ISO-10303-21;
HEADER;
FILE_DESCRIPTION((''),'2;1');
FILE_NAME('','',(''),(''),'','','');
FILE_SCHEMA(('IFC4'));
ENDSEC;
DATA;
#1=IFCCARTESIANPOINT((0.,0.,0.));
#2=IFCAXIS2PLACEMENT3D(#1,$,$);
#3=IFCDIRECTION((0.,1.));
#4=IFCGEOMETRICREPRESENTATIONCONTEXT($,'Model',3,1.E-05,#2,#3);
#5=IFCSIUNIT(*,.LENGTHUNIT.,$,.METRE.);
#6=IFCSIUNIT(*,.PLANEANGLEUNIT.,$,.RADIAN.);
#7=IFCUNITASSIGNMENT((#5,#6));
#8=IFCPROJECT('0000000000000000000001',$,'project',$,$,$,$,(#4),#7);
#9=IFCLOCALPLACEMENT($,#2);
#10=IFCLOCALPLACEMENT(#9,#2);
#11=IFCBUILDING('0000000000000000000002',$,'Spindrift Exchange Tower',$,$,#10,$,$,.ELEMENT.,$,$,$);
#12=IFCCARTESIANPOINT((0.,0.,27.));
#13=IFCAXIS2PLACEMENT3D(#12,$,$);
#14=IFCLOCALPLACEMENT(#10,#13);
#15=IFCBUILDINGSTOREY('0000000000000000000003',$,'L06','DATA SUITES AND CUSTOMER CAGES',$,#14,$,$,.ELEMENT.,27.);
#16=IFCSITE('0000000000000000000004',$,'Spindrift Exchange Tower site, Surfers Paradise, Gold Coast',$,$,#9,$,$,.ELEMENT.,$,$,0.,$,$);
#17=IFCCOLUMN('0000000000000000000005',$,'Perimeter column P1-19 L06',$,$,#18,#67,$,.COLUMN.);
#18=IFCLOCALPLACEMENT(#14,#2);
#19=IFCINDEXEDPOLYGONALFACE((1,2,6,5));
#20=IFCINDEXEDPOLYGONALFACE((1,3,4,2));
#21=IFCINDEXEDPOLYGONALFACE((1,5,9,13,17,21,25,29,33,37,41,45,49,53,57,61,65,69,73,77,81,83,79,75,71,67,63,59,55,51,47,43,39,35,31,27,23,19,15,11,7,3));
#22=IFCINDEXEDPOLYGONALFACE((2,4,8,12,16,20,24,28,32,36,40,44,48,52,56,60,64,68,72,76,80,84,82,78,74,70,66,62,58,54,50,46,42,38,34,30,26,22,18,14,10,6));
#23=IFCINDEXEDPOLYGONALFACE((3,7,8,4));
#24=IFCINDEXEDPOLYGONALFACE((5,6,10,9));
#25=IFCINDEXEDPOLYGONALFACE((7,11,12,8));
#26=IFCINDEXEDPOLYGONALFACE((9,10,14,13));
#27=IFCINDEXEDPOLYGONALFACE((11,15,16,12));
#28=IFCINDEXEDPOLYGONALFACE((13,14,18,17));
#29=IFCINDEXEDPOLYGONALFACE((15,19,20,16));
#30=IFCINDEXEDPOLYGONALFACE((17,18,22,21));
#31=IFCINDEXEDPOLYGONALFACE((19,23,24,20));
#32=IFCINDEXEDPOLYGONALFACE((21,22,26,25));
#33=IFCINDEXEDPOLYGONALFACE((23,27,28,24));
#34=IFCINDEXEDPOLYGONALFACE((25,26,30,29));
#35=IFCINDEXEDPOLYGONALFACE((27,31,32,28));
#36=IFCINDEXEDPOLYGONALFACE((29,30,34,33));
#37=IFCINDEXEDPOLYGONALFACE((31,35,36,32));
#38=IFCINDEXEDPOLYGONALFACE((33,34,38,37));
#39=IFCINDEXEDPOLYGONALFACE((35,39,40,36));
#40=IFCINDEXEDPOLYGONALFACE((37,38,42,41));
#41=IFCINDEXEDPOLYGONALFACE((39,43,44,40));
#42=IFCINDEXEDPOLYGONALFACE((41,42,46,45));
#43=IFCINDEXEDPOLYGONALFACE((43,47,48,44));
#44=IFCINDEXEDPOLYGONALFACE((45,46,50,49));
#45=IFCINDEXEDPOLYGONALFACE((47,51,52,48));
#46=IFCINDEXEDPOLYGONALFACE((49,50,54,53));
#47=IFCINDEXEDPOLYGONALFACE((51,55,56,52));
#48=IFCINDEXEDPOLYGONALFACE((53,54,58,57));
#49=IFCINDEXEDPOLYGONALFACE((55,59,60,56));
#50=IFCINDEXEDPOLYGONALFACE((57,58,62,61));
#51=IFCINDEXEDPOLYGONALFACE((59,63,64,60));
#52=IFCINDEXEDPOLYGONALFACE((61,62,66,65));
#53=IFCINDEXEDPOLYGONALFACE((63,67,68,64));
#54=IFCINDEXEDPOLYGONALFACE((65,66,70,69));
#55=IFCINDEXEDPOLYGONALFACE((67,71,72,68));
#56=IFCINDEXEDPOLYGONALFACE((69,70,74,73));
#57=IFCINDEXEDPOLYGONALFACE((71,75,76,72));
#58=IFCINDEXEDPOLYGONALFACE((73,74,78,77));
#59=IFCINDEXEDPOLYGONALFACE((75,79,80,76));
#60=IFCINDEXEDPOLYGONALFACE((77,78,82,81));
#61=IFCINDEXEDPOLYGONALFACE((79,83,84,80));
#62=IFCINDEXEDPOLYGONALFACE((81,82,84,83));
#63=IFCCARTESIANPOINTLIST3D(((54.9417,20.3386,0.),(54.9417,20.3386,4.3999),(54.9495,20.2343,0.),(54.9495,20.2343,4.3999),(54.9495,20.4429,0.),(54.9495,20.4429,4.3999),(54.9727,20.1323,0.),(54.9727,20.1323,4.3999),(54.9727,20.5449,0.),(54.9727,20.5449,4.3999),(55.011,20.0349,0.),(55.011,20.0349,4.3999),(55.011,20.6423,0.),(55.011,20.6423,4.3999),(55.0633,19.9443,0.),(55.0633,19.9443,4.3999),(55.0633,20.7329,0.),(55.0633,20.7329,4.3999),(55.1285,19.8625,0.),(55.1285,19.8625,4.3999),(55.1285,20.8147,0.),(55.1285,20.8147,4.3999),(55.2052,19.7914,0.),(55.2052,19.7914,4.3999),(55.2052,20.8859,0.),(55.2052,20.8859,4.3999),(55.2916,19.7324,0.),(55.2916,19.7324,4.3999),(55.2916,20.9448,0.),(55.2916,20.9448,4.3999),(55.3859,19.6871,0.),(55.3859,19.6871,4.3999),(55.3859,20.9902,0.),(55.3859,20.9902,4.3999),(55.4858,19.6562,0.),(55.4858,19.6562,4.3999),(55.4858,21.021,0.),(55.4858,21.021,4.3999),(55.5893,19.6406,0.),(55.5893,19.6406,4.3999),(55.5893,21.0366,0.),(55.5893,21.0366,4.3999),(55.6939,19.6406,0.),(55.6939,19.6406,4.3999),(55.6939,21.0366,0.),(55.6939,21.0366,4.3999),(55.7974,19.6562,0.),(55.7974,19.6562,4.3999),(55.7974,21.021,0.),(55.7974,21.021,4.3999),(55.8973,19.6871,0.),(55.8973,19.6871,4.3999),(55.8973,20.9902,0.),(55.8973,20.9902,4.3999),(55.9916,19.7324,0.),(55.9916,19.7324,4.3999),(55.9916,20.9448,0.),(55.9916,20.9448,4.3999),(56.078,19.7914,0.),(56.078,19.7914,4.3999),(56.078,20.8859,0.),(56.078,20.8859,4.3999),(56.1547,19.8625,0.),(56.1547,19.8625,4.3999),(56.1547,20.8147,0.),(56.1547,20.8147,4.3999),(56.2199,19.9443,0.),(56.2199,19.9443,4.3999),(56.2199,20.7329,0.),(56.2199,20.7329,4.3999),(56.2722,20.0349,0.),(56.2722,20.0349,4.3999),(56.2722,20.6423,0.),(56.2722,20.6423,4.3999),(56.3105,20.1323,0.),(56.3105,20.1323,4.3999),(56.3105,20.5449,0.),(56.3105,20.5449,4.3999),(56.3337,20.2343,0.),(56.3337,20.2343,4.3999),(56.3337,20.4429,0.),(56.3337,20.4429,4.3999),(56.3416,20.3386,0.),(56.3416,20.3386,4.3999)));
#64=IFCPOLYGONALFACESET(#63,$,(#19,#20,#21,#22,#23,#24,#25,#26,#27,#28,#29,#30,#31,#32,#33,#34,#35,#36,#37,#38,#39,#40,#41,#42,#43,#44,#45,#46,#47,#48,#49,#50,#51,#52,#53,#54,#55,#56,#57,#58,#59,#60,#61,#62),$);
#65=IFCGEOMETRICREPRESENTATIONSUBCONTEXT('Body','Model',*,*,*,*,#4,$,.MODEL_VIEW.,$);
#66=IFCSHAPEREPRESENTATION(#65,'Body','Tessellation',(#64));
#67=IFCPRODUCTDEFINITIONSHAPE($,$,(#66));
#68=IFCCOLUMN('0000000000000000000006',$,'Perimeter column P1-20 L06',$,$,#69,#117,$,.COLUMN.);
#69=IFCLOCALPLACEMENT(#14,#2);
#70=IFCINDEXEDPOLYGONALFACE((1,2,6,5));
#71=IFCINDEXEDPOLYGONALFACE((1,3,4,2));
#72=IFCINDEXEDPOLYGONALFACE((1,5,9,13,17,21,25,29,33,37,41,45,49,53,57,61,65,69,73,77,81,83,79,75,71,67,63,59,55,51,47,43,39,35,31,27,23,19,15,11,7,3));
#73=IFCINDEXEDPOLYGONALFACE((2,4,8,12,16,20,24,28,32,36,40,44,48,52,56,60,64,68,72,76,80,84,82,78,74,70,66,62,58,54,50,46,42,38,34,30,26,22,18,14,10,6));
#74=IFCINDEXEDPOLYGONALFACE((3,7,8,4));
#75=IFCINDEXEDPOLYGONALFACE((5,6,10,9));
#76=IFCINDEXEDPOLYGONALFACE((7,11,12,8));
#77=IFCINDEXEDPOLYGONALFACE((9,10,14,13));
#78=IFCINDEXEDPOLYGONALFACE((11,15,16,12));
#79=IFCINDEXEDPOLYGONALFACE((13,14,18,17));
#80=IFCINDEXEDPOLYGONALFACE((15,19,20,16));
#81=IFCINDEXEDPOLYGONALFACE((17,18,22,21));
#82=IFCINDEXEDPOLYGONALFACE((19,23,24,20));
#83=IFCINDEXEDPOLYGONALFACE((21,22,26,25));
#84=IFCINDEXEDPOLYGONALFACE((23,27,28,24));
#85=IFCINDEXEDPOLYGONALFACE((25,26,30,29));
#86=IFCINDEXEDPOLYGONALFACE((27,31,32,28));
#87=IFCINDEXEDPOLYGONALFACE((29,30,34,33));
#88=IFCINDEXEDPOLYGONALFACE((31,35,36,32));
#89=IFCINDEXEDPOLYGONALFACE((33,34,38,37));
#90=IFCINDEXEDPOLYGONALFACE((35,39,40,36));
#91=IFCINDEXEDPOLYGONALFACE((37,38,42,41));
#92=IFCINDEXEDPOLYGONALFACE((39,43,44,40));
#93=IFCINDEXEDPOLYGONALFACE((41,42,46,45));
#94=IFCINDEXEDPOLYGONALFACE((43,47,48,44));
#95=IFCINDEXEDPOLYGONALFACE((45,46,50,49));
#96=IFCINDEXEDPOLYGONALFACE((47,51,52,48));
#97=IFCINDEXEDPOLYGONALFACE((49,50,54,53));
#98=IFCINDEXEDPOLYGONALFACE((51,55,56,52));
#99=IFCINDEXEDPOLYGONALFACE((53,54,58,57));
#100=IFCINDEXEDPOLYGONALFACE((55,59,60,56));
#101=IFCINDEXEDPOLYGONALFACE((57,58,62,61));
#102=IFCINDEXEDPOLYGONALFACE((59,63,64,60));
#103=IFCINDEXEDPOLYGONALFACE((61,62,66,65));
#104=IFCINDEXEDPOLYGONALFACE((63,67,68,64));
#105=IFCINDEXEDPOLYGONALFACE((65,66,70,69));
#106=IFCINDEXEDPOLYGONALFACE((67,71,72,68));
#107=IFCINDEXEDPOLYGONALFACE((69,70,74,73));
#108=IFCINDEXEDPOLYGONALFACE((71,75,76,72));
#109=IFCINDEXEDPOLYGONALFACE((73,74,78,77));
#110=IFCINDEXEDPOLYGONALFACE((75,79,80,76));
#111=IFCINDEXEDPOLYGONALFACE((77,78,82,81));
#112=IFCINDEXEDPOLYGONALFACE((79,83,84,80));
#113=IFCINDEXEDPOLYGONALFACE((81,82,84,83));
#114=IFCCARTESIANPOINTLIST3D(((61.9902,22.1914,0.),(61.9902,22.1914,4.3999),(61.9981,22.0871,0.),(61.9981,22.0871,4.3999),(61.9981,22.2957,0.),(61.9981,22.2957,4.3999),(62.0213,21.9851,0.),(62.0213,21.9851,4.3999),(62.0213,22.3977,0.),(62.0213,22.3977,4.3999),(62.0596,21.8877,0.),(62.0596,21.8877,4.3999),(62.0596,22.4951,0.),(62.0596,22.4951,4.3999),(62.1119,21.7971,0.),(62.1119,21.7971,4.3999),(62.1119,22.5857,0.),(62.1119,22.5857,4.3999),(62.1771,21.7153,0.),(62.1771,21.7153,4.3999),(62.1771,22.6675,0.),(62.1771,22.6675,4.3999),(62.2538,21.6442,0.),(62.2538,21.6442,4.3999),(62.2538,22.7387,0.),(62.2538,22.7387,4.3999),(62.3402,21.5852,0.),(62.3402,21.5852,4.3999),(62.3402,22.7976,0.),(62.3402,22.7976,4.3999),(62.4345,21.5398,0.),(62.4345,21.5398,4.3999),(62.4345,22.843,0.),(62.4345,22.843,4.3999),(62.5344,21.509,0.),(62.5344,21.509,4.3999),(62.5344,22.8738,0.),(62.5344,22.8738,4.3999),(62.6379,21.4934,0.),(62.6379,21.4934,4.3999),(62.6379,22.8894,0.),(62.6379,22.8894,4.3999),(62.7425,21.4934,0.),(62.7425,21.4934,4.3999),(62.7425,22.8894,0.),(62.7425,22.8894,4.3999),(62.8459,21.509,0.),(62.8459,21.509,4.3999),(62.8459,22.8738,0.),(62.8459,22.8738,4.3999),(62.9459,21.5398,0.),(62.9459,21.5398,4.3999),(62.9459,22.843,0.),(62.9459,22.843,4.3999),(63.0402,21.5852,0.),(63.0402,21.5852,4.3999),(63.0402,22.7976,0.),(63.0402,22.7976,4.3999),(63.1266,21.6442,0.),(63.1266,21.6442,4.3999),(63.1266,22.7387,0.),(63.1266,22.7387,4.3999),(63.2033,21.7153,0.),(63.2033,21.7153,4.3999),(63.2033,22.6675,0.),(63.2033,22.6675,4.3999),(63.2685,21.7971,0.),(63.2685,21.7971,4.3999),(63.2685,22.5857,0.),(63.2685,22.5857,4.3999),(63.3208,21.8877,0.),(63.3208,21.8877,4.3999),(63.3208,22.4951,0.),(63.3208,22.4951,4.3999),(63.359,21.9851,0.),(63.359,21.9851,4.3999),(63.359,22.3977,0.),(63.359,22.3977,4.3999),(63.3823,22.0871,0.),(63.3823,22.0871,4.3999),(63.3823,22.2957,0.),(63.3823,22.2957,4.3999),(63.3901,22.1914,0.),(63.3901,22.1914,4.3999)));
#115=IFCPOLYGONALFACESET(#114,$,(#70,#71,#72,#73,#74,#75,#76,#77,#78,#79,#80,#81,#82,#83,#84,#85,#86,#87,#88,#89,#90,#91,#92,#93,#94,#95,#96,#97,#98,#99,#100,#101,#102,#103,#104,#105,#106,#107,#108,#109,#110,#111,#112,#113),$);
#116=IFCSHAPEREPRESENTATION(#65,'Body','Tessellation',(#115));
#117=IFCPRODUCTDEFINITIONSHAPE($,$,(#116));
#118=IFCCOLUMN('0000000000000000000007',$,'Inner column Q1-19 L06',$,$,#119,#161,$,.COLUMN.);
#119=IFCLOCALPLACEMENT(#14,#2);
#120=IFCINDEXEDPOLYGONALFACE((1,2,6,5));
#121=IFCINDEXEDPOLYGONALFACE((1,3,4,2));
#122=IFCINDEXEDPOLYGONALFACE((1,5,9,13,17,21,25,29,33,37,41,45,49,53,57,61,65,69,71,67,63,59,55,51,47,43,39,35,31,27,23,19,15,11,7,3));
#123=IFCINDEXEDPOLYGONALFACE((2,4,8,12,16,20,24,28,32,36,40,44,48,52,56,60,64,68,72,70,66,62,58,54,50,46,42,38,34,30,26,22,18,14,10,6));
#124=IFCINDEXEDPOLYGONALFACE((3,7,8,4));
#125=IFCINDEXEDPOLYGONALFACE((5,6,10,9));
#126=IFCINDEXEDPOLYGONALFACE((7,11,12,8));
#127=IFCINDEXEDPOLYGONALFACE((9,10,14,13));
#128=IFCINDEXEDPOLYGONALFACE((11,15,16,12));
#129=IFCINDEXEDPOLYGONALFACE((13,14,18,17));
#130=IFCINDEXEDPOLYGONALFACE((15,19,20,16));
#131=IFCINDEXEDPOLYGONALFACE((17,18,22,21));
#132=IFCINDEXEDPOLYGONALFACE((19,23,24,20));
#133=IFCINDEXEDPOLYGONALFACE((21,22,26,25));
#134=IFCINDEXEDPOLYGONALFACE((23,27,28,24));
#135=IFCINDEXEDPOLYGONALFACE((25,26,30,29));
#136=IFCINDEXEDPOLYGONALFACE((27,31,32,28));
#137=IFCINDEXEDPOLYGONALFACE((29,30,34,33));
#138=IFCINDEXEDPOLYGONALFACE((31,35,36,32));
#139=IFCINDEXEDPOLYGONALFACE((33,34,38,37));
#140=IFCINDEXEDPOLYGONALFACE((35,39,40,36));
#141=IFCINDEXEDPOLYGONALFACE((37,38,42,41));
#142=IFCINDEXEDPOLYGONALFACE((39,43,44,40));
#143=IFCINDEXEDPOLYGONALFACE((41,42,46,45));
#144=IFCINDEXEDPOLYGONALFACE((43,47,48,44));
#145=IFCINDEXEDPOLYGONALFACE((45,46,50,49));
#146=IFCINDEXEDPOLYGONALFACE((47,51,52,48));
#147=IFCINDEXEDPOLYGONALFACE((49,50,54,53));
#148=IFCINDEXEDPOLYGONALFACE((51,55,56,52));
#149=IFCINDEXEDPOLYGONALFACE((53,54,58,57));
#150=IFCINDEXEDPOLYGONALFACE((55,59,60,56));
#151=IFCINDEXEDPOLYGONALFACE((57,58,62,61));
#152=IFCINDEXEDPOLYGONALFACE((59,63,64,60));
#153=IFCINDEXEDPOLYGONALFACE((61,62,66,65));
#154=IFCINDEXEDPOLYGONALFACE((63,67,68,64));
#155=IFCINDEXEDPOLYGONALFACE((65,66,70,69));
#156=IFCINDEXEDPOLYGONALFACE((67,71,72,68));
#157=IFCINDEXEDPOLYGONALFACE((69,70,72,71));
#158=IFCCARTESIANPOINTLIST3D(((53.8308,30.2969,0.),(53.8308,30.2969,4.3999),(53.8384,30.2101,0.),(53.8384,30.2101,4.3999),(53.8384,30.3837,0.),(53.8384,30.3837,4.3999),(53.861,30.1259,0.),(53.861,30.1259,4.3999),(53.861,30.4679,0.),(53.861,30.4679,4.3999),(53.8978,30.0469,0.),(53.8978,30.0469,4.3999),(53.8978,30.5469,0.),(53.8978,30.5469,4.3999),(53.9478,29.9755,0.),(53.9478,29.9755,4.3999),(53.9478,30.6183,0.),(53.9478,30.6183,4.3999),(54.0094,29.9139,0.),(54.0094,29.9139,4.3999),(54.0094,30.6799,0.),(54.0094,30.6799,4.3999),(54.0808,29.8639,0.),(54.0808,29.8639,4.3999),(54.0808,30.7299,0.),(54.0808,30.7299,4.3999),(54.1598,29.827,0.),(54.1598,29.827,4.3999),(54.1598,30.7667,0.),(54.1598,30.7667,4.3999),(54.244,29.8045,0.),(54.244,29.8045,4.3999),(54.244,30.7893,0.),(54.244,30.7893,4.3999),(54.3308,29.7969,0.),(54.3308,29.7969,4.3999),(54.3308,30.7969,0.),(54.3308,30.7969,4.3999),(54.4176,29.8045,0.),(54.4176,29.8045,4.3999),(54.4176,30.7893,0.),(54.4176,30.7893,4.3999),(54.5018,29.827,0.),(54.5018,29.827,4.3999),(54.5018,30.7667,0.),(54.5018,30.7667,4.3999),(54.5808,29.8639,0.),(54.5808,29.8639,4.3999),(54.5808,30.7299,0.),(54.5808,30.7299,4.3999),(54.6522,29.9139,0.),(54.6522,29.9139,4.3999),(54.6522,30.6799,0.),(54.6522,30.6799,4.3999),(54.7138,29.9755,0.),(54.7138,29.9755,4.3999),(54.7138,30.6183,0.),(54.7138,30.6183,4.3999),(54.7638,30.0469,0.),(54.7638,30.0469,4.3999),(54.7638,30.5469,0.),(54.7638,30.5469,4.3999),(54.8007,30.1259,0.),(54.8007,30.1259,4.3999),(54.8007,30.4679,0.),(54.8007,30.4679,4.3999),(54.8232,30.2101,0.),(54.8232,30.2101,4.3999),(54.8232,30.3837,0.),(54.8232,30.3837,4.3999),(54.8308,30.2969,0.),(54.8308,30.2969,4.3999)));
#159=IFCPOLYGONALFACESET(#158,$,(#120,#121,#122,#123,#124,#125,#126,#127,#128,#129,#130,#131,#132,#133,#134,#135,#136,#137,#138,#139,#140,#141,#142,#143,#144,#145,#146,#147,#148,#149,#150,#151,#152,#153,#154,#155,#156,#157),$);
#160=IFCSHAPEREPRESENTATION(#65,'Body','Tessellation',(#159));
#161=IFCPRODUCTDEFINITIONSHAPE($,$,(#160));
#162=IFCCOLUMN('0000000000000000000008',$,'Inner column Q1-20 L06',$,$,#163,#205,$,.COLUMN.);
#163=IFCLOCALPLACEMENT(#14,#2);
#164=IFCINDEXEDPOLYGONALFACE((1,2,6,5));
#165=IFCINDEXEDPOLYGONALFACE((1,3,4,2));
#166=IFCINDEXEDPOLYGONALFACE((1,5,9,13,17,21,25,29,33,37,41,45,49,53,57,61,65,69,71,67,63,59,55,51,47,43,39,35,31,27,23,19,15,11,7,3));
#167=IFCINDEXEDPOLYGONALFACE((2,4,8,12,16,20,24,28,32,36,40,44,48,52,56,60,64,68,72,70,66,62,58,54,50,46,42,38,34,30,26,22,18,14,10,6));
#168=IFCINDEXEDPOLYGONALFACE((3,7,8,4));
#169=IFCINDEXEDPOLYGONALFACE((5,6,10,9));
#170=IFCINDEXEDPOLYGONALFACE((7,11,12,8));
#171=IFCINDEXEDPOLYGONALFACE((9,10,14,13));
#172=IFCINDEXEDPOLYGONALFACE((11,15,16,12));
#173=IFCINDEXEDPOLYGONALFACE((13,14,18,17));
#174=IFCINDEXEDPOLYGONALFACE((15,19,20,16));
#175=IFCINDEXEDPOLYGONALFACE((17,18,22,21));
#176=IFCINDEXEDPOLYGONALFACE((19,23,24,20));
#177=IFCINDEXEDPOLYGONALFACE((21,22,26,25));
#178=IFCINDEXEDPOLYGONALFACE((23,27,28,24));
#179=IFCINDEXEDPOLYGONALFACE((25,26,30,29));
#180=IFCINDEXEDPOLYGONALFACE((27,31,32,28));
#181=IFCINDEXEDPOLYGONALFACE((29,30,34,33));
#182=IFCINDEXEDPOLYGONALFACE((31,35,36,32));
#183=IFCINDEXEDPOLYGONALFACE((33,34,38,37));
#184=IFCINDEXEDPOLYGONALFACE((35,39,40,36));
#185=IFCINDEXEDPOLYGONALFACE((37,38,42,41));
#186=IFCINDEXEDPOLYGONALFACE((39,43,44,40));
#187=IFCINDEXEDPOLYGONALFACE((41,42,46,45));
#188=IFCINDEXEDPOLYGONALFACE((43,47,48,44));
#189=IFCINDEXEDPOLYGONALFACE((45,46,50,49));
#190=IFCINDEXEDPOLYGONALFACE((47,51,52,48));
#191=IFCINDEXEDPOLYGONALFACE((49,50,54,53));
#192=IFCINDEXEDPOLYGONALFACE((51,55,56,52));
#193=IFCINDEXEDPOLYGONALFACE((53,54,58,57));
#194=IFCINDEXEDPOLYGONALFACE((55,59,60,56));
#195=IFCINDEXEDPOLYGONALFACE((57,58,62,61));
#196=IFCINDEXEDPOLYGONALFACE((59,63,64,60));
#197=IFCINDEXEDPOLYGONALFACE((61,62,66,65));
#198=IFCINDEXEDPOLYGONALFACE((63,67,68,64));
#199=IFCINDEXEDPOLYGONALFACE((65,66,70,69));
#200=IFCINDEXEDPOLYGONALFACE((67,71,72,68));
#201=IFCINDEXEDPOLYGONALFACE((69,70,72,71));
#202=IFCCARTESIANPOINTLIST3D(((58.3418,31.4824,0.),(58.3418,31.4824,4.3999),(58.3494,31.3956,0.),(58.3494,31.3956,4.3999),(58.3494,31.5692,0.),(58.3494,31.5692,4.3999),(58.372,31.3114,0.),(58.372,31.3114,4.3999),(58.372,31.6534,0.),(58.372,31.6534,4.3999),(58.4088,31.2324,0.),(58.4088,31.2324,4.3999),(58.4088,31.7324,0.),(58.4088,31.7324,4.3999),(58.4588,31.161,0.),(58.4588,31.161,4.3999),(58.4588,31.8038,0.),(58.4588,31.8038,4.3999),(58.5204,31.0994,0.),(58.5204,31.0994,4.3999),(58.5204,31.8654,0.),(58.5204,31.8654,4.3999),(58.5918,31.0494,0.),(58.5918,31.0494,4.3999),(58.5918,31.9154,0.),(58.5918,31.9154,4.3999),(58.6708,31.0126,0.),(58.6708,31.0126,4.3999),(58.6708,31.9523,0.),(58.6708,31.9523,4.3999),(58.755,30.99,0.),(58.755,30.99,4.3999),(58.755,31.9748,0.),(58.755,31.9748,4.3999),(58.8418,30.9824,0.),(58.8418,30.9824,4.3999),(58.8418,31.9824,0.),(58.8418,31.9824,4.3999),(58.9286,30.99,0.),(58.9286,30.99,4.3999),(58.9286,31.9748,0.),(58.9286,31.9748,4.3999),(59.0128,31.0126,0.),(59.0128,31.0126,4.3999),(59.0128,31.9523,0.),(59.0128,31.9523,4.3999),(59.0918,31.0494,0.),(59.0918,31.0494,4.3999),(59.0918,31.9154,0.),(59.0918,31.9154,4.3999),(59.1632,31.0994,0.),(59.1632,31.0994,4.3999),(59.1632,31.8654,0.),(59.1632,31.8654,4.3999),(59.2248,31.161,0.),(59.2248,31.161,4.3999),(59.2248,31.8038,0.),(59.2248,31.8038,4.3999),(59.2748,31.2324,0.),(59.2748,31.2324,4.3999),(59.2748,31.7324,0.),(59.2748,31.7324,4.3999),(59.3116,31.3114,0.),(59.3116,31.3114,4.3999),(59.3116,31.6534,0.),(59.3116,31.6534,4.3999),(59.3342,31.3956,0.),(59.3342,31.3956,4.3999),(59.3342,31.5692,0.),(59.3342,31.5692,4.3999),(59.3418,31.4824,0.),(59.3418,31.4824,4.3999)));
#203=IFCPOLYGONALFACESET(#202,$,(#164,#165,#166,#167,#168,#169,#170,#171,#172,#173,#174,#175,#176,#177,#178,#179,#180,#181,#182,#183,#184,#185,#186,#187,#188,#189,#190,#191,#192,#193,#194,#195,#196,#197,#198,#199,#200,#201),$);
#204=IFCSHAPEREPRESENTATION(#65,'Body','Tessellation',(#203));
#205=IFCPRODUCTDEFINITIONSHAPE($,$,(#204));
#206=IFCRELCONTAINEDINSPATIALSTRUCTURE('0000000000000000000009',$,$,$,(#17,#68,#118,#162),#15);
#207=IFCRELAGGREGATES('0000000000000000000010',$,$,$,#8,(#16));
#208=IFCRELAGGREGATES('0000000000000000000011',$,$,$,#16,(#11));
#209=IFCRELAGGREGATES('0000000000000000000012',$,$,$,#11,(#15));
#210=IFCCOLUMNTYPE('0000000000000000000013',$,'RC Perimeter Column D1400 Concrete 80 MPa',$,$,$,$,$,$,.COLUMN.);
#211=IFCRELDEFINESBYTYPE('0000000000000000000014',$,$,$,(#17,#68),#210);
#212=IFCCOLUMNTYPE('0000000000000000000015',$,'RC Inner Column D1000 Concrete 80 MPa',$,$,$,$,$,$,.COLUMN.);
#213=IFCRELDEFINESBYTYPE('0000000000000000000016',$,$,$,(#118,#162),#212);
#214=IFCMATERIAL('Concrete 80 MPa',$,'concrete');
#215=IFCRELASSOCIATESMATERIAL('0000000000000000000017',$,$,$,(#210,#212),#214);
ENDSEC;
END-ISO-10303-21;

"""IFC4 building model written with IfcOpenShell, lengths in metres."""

from ifc_helpers import new_model, si_unit, direction, frame, origin, origin_2d, place, context, subcontext, project, spatial, circle, extrude, source, transform, mapped, material, material_profile, profile_set, type_object, element, save


model = new_model("IFC4")

# Units and contexts
model_context = context("Model", 3, precision=1e-05, world=origin(), true_north=direction((0.0, 1.0)))
body_context = subcontext(model_context, "Body", "Model", "MODEL_VIEW")
ifc_project = project(units=[si_unit("LENGTHUNIT", "METRE"), si_unit("PLANEANGLEUNIT", "RADIAN")], contexts=[model_context])

# Site, building, storey
site_placement = place(None, origin())
site = spatial("IfcSite", under=ifc_project, at=site_placement, Name="Spindrift Exchange Tower site, Surfers Paradise, Gold Coast", CompositionType="ELEMENT", RefElevation=0.0)
building_placement = place(site_placement, origin())
building = spatial("IfcBuilding", under=site, at=building_placement, Name="Spindrift Exchange Tower", CompositionType="ELEMENT")
storey_placement = place(building_placement, frame((0.0, 0.0, 27.0)))
storey = spatial("IfcBuildingStorey", under=building, at=storey_placement, Name="L06", Description="DATA SUITES AND CUSTOMER CAGES", CompositionType="ELEMENT", Elevation=27.0)

# Columns
ifc_material_1 = material(Name="Concrete 80 MPa", Category="concrete")
ifc_material_profile_1 = material_profile(ifc_material_1, circle(Radius=0.7, at=origin_2d()), Name="RC D1400")
ifc_profile_set_1 = profile_set([ifc_material_profile_1], Name="Concrete 80 MPa")
column_type_1 = type_object("IfcColumnType", Name="RC Perimeter Column D1400 Concrete 80 MPa", PredefinedType="COLUMN", material=ifc_profile_set_1)
shared_shape_1 = source(origin(), body_context, "Body", "SweptSolid", [
    extrude(circle(Radius=0.7, at=origin_2d()), origin(), (0.0, 0.0, 1.0), 4.3999),
])
for number, where, z_axis, x_axis, name in (
    (1, (55.6416, 20.3386, 0.0), (0.0, 0.0, 1.0), (1.0, 0.0, 0.0), "Perimeter column P1-19 L06"),
    (2, (62.6902, 22.1914, 0.0), (0.0, 0.0, 1.0), (1.0, 0.0, 0.0), "Perimeter column P1-20 L06"),
):
    element("IfcColumn", number, at=place(storey_placement, frame(where, z_axis=z_axis, x_axis=x_axis)), inside=storey, type_object=column_type_1, Name=name, PredefinedType="COLUMN", context=body_context, shape_type="MappedRepresentation", body=[
        mapped(shared_shape_1, transform((0.0, 0.0, 0.0), scale=1.0)),
    ])
ifc_material_profile_2 = material_profile(ifc_material_1, circle(Radius=0.5, at=origin_2d()), Name="RC D1000")
ifc_profile_set_2 = profile_set([ifc_material_profile_2], Name="Concrete 80 MPa")
column_type_2 = type_object("IfcColumnType", Name="RC Inner Column D1000 Concrete 80 MPa", PredefinedType="COLUMN", material=ifc_profile_set_2)
shared_shape_2 = source(origin(), body_context, "Body", "SweptSolid", [
    extrude(circle(Radius=0.5, at=origin_2d()), origin(), (0.0, 0.0, 1.0), 4.3999),
])
for number, where, z_axis, x_axis, name in (
    (3, (54.3308, 30.2969, 0.0), (0.0, 0.0, 1.0), (1.0, 0.0, 0.0), "Inner column Q1-19 L06"),
    (4, (58.8418, 31.4824, 0.0), (0.0, 0.0, 1.0), (1.0, 0.0, 0.0), "Inner column Q1-20 L06"),
):
    element("IfcColumn", number, at=place(storey_placement, frame(where, z_axis=z_axis, x_axis=x_axis)), inside=storey, type_object=column_type_2, Name=name, PredefinedType="COLUMN", context=body_context, shape_type="MappedRepresentation", body=[
        mapped(shared_shape_2, transform((0.0, 0.0, 0.0), scale=1.0)),
    ])

save(model, "model.ifc")
